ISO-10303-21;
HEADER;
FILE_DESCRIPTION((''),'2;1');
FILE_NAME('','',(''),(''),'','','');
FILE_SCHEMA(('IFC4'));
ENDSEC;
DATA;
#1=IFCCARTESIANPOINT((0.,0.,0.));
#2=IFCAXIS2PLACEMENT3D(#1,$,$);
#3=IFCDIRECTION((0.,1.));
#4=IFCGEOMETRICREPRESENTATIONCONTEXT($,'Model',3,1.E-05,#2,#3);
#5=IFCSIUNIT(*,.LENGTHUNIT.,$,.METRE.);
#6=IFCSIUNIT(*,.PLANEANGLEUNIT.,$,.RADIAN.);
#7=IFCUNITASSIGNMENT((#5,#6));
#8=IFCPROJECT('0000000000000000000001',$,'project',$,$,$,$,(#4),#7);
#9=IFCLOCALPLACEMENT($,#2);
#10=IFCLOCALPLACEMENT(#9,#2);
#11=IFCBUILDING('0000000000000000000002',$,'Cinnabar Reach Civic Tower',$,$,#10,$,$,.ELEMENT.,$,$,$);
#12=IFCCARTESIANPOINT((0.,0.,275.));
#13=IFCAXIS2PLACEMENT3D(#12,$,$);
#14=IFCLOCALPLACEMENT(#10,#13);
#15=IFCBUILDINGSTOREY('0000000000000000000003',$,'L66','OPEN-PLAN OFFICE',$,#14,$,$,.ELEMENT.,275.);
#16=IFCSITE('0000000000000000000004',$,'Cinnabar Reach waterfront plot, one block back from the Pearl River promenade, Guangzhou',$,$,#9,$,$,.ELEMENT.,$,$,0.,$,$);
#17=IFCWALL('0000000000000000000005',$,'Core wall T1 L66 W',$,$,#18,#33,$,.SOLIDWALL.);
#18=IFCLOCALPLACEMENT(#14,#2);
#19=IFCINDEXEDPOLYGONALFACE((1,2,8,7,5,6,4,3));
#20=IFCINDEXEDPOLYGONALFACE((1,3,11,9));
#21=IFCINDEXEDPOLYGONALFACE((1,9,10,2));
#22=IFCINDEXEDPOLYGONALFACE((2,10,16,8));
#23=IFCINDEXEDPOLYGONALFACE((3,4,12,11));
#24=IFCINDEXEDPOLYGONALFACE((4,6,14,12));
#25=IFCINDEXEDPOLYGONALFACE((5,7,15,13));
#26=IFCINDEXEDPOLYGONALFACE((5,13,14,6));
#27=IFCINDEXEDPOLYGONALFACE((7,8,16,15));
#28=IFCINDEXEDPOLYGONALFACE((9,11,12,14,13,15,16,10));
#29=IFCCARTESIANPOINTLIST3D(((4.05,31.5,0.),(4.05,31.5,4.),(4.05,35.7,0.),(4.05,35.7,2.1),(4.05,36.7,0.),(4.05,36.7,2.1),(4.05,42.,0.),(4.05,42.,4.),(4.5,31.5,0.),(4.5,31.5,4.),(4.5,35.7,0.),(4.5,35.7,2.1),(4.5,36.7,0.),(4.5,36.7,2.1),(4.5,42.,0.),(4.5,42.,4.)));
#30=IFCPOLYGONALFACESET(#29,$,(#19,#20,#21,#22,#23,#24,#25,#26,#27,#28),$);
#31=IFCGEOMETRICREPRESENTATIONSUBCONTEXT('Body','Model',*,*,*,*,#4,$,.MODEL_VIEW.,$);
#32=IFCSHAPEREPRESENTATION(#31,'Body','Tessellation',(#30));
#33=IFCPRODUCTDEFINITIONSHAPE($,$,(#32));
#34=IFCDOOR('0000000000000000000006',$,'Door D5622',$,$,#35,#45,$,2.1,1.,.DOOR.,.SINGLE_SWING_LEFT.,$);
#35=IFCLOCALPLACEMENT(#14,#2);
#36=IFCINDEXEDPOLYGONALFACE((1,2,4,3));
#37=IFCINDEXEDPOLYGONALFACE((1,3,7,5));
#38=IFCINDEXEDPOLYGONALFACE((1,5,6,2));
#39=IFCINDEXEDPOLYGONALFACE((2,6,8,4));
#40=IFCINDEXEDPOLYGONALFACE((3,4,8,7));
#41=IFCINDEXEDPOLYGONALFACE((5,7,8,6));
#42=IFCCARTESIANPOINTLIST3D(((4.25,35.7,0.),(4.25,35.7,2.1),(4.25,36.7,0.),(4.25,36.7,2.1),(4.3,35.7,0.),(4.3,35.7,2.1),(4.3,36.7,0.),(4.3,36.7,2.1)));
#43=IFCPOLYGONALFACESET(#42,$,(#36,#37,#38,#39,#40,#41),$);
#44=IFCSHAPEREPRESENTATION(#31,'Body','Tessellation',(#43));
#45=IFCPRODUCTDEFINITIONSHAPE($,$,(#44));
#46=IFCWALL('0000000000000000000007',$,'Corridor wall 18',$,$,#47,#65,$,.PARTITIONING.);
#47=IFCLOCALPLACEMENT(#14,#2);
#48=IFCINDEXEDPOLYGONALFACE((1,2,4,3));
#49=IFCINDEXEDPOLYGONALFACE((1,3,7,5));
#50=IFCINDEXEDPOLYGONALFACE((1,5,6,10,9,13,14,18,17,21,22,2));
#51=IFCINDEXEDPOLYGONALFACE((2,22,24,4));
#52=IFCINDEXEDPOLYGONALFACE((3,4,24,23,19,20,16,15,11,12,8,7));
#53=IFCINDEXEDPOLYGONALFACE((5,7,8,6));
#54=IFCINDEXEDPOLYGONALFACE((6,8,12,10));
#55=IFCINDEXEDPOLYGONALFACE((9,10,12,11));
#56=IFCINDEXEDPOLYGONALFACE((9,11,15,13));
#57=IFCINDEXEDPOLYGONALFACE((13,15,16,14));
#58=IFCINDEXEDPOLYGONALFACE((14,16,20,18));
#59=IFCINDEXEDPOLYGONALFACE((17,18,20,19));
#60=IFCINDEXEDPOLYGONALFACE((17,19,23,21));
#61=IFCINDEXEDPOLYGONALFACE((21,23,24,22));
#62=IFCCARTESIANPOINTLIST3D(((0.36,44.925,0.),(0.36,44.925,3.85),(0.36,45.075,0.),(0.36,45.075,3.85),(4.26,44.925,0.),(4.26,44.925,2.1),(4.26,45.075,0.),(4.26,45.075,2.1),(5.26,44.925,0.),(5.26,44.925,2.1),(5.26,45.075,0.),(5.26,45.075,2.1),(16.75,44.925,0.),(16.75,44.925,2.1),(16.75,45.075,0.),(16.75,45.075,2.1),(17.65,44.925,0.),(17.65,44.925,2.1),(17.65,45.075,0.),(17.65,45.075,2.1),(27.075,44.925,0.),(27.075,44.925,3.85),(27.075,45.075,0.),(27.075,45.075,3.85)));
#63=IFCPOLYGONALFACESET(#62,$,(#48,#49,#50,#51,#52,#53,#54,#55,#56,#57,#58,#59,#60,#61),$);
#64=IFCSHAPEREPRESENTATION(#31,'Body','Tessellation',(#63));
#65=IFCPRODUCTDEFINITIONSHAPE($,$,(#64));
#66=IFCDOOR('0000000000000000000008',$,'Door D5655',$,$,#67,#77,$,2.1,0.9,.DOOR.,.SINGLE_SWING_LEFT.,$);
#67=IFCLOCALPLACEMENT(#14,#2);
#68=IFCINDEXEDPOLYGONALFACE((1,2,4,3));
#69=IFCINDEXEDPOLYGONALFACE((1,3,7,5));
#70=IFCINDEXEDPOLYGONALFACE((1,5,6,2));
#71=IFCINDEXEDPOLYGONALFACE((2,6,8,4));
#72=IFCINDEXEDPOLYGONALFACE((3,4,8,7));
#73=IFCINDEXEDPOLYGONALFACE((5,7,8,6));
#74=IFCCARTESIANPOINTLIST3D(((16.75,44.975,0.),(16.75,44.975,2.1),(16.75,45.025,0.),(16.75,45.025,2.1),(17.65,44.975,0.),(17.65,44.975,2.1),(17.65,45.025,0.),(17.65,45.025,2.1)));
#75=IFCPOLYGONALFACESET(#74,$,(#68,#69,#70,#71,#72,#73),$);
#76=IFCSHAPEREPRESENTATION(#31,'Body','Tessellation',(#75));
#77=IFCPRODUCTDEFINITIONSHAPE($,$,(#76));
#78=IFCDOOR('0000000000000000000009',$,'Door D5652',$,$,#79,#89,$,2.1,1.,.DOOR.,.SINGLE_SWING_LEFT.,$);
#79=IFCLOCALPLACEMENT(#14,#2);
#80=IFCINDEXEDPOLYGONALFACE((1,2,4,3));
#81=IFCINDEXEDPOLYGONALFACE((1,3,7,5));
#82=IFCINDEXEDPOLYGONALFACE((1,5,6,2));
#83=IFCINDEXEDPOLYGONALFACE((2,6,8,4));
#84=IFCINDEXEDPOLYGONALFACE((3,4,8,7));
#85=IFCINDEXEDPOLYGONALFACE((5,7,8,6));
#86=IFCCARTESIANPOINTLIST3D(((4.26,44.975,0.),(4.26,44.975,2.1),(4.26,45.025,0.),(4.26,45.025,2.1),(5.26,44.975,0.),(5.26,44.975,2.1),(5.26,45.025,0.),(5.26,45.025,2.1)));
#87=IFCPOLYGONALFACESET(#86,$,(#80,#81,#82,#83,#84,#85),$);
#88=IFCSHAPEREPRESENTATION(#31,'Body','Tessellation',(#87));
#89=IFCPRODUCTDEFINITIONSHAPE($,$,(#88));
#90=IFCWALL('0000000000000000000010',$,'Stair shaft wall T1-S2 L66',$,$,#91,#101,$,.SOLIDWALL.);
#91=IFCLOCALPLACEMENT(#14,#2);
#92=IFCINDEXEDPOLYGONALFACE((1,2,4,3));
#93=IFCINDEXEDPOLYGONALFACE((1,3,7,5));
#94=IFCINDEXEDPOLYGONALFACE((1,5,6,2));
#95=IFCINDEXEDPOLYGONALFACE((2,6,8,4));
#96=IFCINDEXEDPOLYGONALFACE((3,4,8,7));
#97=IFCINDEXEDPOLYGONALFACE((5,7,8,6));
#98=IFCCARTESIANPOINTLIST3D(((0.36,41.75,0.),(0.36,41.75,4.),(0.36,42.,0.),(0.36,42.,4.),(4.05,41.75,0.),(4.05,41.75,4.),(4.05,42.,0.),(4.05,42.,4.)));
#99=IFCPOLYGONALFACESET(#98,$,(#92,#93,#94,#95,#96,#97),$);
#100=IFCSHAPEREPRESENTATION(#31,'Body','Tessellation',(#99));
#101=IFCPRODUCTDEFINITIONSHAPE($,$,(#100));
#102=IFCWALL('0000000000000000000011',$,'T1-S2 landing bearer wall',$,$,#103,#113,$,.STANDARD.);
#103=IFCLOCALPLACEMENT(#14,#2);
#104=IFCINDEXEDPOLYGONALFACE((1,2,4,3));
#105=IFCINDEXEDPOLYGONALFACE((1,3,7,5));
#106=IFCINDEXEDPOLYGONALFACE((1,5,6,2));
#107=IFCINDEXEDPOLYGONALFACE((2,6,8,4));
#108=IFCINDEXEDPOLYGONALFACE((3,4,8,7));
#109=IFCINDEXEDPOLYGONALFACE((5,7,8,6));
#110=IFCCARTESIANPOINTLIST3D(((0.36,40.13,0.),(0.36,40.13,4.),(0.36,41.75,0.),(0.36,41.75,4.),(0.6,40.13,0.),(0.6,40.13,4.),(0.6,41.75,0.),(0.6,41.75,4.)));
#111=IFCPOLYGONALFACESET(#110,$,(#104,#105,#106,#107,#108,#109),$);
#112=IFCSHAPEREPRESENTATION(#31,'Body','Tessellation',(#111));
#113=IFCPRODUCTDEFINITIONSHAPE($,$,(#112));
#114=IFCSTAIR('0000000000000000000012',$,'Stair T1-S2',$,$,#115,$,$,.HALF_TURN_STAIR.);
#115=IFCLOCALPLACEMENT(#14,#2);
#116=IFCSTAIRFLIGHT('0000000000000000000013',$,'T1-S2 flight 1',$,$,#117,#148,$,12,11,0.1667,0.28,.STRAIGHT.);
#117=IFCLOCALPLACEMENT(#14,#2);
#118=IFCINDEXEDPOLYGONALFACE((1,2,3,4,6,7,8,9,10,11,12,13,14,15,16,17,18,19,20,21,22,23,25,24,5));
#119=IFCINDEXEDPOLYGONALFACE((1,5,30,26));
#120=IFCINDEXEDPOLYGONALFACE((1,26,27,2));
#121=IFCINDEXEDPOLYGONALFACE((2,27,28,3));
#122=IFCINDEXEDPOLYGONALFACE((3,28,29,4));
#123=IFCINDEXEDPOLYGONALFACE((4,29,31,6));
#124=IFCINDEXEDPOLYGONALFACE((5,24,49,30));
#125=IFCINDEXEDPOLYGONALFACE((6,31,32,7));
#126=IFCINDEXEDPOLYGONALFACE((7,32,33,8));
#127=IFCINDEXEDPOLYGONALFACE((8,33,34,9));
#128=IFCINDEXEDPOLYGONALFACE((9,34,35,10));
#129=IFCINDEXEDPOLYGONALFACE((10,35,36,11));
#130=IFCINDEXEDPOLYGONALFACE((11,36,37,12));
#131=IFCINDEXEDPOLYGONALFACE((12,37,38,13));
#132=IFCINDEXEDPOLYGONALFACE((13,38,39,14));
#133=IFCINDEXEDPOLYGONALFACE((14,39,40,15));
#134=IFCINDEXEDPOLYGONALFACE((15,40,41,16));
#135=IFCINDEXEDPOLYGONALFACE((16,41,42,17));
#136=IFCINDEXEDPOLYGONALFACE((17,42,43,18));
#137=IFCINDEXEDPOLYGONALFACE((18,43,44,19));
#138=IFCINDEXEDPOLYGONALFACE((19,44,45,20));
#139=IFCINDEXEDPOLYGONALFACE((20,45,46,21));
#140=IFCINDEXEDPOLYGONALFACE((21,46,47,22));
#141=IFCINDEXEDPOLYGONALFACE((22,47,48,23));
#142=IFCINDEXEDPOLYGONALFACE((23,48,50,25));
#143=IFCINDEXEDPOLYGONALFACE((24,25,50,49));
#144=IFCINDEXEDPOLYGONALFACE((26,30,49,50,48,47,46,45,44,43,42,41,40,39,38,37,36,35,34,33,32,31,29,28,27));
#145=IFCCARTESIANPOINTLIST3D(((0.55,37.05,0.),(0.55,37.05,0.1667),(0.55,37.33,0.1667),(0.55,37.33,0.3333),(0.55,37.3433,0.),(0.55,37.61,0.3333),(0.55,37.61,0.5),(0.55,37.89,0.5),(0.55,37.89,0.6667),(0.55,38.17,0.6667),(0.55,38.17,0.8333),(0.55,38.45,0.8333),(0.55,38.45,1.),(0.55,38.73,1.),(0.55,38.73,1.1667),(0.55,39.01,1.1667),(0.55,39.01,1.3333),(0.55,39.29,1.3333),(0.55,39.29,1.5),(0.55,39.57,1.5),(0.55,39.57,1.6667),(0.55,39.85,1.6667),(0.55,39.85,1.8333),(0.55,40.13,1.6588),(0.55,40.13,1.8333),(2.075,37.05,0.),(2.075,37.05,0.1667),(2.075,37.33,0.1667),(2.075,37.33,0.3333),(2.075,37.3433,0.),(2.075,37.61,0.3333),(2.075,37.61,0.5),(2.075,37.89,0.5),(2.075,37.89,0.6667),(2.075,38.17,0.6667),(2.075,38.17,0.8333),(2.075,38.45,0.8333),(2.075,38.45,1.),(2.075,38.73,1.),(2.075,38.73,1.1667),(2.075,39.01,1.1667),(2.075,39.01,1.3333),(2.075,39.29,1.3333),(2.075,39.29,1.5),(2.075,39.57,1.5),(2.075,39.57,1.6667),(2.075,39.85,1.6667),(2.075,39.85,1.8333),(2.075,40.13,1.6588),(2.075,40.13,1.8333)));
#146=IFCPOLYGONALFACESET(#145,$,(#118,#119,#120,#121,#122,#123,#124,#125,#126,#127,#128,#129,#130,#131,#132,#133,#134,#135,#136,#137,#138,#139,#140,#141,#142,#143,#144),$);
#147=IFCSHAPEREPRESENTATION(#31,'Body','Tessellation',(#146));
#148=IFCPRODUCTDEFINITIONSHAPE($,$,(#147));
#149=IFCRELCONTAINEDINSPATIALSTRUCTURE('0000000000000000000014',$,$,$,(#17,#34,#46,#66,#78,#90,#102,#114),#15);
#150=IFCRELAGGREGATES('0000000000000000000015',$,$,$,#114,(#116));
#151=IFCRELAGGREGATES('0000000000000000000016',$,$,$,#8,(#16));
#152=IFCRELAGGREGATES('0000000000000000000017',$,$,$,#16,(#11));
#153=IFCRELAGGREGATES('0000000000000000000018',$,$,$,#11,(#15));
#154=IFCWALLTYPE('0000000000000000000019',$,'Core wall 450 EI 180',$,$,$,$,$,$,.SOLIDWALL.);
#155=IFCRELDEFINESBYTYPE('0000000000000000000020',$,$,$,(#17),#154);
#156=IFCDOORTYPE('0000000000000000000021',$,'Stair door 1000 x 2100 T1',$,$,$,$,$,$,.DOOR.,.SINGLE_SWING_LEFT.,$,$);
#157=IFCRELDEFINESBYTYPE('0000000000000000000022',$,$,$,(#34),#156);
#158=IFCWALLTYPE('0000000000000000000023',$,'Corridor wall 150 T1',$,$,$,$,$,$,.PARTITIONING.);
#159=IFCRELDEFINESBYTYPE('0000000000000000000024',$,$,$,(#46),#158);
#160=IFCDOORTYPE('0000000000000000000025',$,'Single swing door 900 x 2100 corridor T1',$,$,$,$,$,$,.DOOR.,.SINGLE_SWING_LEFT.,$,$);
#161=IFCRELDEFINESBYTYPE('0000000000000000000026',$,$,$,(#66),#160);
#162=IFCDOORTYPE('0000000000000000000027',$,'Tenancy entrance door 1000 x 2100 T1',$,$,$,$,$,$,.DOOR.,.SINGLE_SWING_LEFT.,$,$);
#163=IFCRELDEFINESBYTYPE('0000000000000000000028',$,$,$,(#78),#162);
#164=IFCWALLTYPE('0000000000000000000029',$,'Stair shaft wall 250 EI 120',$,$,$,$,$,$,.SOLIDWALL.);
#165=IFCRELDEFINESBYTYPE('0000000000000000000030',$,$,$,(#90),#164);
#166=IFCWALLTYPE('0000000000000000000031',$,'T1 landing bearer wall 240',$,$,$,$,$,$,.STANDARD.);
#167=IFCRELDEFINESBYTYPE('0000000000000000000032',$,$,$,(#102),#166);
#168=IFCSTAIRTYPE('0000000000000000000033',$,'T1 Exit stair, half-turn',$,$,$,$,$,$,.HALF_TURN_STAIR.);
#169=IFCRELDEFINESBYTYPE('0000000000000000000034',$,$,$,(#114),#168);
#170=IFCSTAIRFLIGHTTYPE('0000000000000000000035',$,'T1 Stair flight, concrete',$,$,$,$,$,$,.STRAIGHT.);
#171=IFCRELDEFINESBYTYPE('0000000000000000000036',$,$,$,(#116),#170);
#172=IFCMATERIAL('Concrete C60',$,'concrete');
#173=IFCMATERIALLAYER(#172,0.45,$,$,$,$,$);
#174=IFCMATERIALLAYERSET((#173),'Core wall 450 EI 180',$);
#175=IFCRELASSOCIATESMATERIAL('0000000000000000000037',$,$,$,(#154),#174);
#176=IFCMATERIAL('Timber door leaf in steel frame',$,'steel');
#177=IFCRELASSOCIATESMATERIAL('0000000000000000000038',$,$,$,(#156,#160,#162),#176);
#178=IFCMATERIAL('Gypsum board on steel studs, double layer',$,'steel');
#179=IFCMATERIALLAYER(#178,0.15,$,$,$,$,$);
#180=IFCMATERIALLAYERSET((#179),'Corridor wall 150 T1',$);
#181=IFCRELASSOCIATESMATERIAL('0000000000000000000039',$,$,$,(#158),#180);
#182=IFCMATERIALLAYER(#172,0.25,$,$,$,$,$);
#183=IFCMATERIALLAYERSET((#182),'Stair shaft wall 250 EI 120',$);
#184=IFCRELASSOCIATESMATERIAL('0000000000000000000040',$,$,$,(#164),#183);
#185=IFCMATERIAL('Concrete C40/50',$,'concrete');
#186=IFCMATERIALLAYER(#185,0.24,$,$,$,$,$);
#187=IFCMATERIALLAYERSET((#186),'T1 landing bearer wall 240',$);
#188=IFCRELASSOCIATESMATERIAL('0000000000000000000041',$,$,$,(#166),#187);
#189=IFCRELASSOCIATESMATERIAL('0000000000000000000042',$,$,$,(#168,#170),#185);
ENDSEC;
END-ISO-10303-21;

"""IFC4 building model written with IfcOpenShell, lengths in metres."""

from ifc_helpers import new_model, si_unit, direction, frame, frame_2d, origin, place, context, subcontext, project, spatial, polyline, rectangle, outline, extrude, material, layer, layer_set, type_object, element, fill, aggregate, save


model = new_model("IFC4")

# Units and contexts
model_context = context("Model", 3, precision=1e-05, world=origin(), true_north=direction((0.0, 1.0)))
body_context = subcontext(model_context, "Body", "Model", "MODEL_VIEW")
ifc_project = project(units=[si_unit("LENGTHUNIT", "METRE"), si_unit("PLANEANGLEUNIT", "RADIAN")], contexts=[model_context])

# Site, building, storey
site_placement = place(None, origin())
site = spatial("IfcSite", under=ifc_project, at=site_placement, Name="Cinnabar Reach waterfront plot, one block back from the Pearl River promenade, Guangzhou", CompositionType="ELEMENT", RefElevation=0.0)
building_placement = place(site_placement, origin())
building = spatial("IfcBuilding", under=site, at=building_placement, Name="Cinnabar Reach Civic Tower", CompositionType="ELEMENT")
storey_placement = place(building_placement, frame((0.0, 0.0, 275.0)))
storey = spatial("IfcBuildingStorey", under=building, at=storey_placement, Name="L66", Description="OPEN-PLAN OFFICE", CompositionType="ELEMENT", Elevation=275.0)

# Shared definitions
ifc_material_1 = material(Name="Concrete C60", Category="concrete")

# Wall, opening, door
ifc_layer_1 = layer(ifc_material_1, 0.45)
ifc_layer_set_1 = layer_set([ifc_layer_1], Name="Core wall 450 EI 180")
wall_type_1 = type_object("IfcWallType", Name="Core wall 450 EI 180", PredefinedType="SOLIDWALL", material=ifc_layer_set_1)
wall_1_placement = place(storey_placement, frame((4.275, 42.0, 0.0), z_axis=(0.0, 0.0, 1.0), x_axis=(0.0, -1.0, 0.0)))
wall_1 = element("IfcWall", 1, at=wall_1_placement, inside=storey, type_object=wall_type_1, Name="Core wall T1 L66 W", PredefinedType="SOLIDWALL", context=body_context, shape_type="SweptSolid", body=[
    extrude(rectangle(XDim=10.5, YDim=0.45, at=frame_2d((5.25, 0.0))), origin(), (0.0, 0.0, 1.0), 4.0),
])
opening_1_placement = place(wall_1_placement, frame((5.3, 0.0, 0.0)))
opening_1 = element("IfcOpeningElement", 2, at=opening_1_placement, cuts=wall_1, PredefinedType="OPENING", context=body_context, shape_type="SweptSolid", body=[
    extrude(rectangle(XDim=1.0, YDim=2.1, at=frame_2d((0.5, 1.05))), frame((0.0, 0.235, 0.0), z_axis=(0.0, -1.0, 0.0), x_axis=(1.0, 0.0, 0.0)), (0.0, 0.0, 1.0), 0.47),
])
ifc_material_2 = material(Name="Timber door leaf in steel frame", Category="steel")
door_type_1 = type_object("IfcDoorType", Name="Stair door 1000 x 2100 T1", OperationType="SINGLE_SWING_LEFT", PredefinedType="DOOR", material=ifc_material_2)
door_1_placement = place(opening_1_placement, frame((1.0, 0.0, 0.0), z_axis=(0.0, 0.0, 1.0), x_axis=(-1.0, 0.0, 0.0)))
door_1 = element("IfcDoor", 3, at=door_1_placement, inside=storey, type_object=door_type_1, Name="Door D5622", OperationType="SINGLE_SWING_LEFT", OverallHeight=2.1, OverallWidth=1.0, PredefinedType="DOOR", context=body_context, shape_type="SweptSolid", body=[
    extrude(rectangle(XDim=1.0, YDim=2.1, at=frame_2d((0.5, 1.05))), frame((0.0, 0.025, 0.0), z_axis=(0.0, -1.0, 0.0), x_axis=(1.0, 0.0, 0.0)), (0.0, 0.0, 1.0), 0.05),
])
fill(opening_1, door_1)

# Wall, openings, doors
ifc_material_3 = material(Name="Gypsum board on steel studs, double layer", Category="steel")
ifc_layer_2 = layer(ifc_material_3, 0.15)
ifc_layer_set_2 = layer_set([ifc_layer_2], Name="Corridor wall 150 T1")
wall_type_2 = type_object("IfcWallType", Name="Corridor wall 150 T1", PredefinedType="PARTITIONING", material=ifc_layer_set_2)
wall_2_placement = place(storey_placement, frame((0.36, 45.0, 0.0), z_axis=(0.0, 0.0, 1.0), x_axis=(1.0, 0.0, 0.0)))
wall_2 = element("IfcWall", 4, at=wall_2_placement, inside=storey, type_object=wall_type_2, Name="Corridor wall 18", PredefinedType="PARTITIONING", context=body_context, shape_type="SweptSolid", body=[
    extrude(rectangle(XDim=26.715, YDim=0.15, at=frame_2d((13.3575, 0.0))), origin(), (0.0, 0.0, 1.0), 3.85),
])
opening_2_placement = place(wall_2_placement, frame((3.9, 0.0, 0.0)))
opening_2 = element("IfcOpeningElement", 5, at=opening_2_placement, cuts=wall_2, PredefinedType="OPENING", context=body_context, shape_type="SweptSolid", body=[
    extrude(rectangle(XDim=1.0, YDim=2.1, at=frame_2d((0.5, 1.05))), frame((0.0, 0.085, 0.0), z_axis=(0.0, -1.0, 0.0), x_axis=(1.0, 0.0, 0.0)), (0.0, 0.0, 1.0), 0.17),
])
opening_3_placement = place(wall_2_placement, frame((16.39, 0.0, 0.0)))
opening_3 = element("IfcOpeningElement", 6, at=opening_3_placement, cuts=wall_2, PredefinedType="OPENING", context=body_context, shape_type="SweptSolid", body=[
    extrude(rectangle(XDim=0.9, YDim=2.1, at=frame_2d((0.45, 1.05))), frame((0.0, 0.085, 0.0), z_axis=(0.0, -1.0, 0.0), x_axis=(1.0, 0.0, 0.0)), (0.0, 0.0, 1.0), 0.17),
])
door_type_2 = type_object("IfcDoorType", Name="Single swing door 900 x 2100 corridor T1", OperationType="SINGLE_SWING_LEFT", PredefinedType="DOOR", material=ifc_material_2)
door_2_placement = place(opening_3_placement, origin())
door_2 = element("IfcDoor", 7, at=door_2_placement, inside=storey, type_object=door_type_2, Name="Door D5655", OperationType="SINGLE_SWING_LEFT", OverallHeight=2.1, OverallWidth=0.9, PredefinedType="DOOR", context=body_context, shape_type="SweptSolid", body=[
    extrude(rectangle(XDim=0.9, YDim=2.1, at=frame_2d((0.45, 1.05))), frame((0.0, 0.025, 0.0), z_axis=(0.0, -1.0, 0.0), x_axis=(1.0, 0.0, 0.0)), (0.0, 0.0, 1.0), 0.05),
])
fill(opening_3, door_2)
door_type_3 = type_object("IfcDoorType", Name="Tenancy entrance door 1000 x 2100 T1", OperationType="SINGLE_SWING_LEFT", PredefinedType="DOOR", material=ifc_material_2)
door_3_placement = place(opening_2_placement, origin())
door_3 = element("IfcDoor", 8, at=door_3_placement, inside=storey, type_object=door_type_3, Name="Door D5652", OperationType="SINGLE_SWING_LEFT", OverallHeight=2.1, OverallWidth=1.0, PredefinedType="DOOR", context=body_context, shape_type="SweptSolid", body=[
    extrude(rectangle(XDim=1.0, YDim=2.1, at=frame_2d((0.5, 1.05))), frame((0.0, 0.025, 0.0), z_axis=(0.0, -1.0, 0.0), x_axis=(1.0, 0.0, 0.0)), (0.0, 0.0, 1.0), 0.05),
])
fill(opening_2, door_3)

# Walls
ifc_layer_3 = layer(ifc_material_1, 0.25)
ifc_layer_set_3 = layer_set([ifc_layer_3], Name="Stair shaft wall 250 EI 120")
wall_type_3 = type_object("IfcWallType", Name="Stair shaft wall 250 EI 120", PredefinedType="SOLIDWALL", material=ifc_layer_set_3)
wall_3_placement = place(storey_placement, frame((4.05, 41.875, 0.0), z_axis=(0.0, 0.0, 1.0), x_axis=(-1.0, 0.0, 0.0)))
element("IfcWall", 9, at=wall_3_placement, inside=storey, type_object=wall_type_3, Name="Stair shaft wall T1-S2 L66", PredefinedType="SOLIDWALL", context=body_context, shape_type="SweptSolid", body=[
    extrude(rectangle(XDim=3.69, YDim=0.25, at=frame_2d((1.845, 0.0))), origin(), (0.0, 0.0, 1.0), 4.0),
])
ifc_material_4 = material(Name="Concrete C40/50", Category="concrete")
ifc_layer_4 = layer(ifc_material_4, 0.24)
ifc_layer_set_4 = layer_set([ifc_layer_4], Name="T1 landing bearer wall 240")
wall_type_4 = type_object("IfcWallType", Name="T1 landing bearer wall 240", PredefinedType="STANDARD", material=ifc_layer_set_4)
wall_4_placement = place(storey_placement, frame((0.48, 40.13, 0.0), z_axis=(0.0, 0.0, 1.0), x_axis=(0.0, 1.0, 0.0)))
element("IfcWall", 10, at=wall_4_placement, inside=storey, type_object=wall_type_4, Name="T1-S2 landing bearer wall", PredefinedType="STANDARD", context=body_context, shape_type="SweptSolid", body=[
    extrude(rectangle(XDim=1.62, YDim=0.24, at=frame_2d((0.81, 0.0))), origin(), (0.0, 0.0, 1.0), 4.0),
])

# Stair, stair flight
stair_type = type_object("IfcStairType", Name="T1 Exit stair, half-turn", PredefinedType="HALF_TURN_STAIR", material=ifc_material_4)
stair_placement = place(storey_placement, origin())
stair = element("IfcStair", 11, at=stair_placement, inside=storey, type_object=stair_type, Name="Stair T1-S2", PredefinedType="HALF_TURN_STAIR")
stair_flight_type = type_object("IfcStairFlightType", Name="T1 Stair flight, concrete", PredefinedType="STRAIGHT", material=ifc_material_4)
stair_flight_1_placement = place(storey_placement, frame((1.3125, 37.05, 0.0), z_axis=(0.0, 0.0, 1.0), x_axis=(0.0, 1.0, 0.0)))
stair_flight_1 = element("IfcStairFlight", 12, at=stair_flight_1_placement, type_object=stair_flight_type, Name="T1-S2 flight 1", NumberOfRisers=12, NumberOfTreads=11, PredefinedType="STRAIGHT", RiserHeight=0.1667, TreadLength=0.28, context=body_context, shape_type="SweptSolid", body=[
    extrude(outline(polyline([(0.0, 0.0), (0.0, 0.1667), (0.28, 0.1667), (0.28, 0.3333), (0.56, 0.3333), (0.56, 0.5), (0.84, 0.5), (0.84, 0.6667), (1.12, 0.6667), (1.12, 0.8333), (1.4, 0.8333), (1.4, 1.0), (1.68, 1.0), (1.68, 1.1667), (1.96, 1.1667), (1.96, 1.3333), (2.24, 1.3333), (2.24, 1.5), (2.52, 1.5), (2.52, 1.6667), (2.8, 1.6667), (2.8, 1.8333), (3.08, 1.8333), (3.08, 2.0), (3.08, 1.6588), (0.2933, 0.0), (0.0, 0.0)])), frame((0.0, 0.7625, 0.0), z_axis=(0.0, -1.0, 0.0), x_axis=(1.0, 0.0, 0.0)), (0.0, 0.0, 1.0), 1.525),
])
aggregate(stair, [stair_flight_1])

save(model, "model.ifc")
